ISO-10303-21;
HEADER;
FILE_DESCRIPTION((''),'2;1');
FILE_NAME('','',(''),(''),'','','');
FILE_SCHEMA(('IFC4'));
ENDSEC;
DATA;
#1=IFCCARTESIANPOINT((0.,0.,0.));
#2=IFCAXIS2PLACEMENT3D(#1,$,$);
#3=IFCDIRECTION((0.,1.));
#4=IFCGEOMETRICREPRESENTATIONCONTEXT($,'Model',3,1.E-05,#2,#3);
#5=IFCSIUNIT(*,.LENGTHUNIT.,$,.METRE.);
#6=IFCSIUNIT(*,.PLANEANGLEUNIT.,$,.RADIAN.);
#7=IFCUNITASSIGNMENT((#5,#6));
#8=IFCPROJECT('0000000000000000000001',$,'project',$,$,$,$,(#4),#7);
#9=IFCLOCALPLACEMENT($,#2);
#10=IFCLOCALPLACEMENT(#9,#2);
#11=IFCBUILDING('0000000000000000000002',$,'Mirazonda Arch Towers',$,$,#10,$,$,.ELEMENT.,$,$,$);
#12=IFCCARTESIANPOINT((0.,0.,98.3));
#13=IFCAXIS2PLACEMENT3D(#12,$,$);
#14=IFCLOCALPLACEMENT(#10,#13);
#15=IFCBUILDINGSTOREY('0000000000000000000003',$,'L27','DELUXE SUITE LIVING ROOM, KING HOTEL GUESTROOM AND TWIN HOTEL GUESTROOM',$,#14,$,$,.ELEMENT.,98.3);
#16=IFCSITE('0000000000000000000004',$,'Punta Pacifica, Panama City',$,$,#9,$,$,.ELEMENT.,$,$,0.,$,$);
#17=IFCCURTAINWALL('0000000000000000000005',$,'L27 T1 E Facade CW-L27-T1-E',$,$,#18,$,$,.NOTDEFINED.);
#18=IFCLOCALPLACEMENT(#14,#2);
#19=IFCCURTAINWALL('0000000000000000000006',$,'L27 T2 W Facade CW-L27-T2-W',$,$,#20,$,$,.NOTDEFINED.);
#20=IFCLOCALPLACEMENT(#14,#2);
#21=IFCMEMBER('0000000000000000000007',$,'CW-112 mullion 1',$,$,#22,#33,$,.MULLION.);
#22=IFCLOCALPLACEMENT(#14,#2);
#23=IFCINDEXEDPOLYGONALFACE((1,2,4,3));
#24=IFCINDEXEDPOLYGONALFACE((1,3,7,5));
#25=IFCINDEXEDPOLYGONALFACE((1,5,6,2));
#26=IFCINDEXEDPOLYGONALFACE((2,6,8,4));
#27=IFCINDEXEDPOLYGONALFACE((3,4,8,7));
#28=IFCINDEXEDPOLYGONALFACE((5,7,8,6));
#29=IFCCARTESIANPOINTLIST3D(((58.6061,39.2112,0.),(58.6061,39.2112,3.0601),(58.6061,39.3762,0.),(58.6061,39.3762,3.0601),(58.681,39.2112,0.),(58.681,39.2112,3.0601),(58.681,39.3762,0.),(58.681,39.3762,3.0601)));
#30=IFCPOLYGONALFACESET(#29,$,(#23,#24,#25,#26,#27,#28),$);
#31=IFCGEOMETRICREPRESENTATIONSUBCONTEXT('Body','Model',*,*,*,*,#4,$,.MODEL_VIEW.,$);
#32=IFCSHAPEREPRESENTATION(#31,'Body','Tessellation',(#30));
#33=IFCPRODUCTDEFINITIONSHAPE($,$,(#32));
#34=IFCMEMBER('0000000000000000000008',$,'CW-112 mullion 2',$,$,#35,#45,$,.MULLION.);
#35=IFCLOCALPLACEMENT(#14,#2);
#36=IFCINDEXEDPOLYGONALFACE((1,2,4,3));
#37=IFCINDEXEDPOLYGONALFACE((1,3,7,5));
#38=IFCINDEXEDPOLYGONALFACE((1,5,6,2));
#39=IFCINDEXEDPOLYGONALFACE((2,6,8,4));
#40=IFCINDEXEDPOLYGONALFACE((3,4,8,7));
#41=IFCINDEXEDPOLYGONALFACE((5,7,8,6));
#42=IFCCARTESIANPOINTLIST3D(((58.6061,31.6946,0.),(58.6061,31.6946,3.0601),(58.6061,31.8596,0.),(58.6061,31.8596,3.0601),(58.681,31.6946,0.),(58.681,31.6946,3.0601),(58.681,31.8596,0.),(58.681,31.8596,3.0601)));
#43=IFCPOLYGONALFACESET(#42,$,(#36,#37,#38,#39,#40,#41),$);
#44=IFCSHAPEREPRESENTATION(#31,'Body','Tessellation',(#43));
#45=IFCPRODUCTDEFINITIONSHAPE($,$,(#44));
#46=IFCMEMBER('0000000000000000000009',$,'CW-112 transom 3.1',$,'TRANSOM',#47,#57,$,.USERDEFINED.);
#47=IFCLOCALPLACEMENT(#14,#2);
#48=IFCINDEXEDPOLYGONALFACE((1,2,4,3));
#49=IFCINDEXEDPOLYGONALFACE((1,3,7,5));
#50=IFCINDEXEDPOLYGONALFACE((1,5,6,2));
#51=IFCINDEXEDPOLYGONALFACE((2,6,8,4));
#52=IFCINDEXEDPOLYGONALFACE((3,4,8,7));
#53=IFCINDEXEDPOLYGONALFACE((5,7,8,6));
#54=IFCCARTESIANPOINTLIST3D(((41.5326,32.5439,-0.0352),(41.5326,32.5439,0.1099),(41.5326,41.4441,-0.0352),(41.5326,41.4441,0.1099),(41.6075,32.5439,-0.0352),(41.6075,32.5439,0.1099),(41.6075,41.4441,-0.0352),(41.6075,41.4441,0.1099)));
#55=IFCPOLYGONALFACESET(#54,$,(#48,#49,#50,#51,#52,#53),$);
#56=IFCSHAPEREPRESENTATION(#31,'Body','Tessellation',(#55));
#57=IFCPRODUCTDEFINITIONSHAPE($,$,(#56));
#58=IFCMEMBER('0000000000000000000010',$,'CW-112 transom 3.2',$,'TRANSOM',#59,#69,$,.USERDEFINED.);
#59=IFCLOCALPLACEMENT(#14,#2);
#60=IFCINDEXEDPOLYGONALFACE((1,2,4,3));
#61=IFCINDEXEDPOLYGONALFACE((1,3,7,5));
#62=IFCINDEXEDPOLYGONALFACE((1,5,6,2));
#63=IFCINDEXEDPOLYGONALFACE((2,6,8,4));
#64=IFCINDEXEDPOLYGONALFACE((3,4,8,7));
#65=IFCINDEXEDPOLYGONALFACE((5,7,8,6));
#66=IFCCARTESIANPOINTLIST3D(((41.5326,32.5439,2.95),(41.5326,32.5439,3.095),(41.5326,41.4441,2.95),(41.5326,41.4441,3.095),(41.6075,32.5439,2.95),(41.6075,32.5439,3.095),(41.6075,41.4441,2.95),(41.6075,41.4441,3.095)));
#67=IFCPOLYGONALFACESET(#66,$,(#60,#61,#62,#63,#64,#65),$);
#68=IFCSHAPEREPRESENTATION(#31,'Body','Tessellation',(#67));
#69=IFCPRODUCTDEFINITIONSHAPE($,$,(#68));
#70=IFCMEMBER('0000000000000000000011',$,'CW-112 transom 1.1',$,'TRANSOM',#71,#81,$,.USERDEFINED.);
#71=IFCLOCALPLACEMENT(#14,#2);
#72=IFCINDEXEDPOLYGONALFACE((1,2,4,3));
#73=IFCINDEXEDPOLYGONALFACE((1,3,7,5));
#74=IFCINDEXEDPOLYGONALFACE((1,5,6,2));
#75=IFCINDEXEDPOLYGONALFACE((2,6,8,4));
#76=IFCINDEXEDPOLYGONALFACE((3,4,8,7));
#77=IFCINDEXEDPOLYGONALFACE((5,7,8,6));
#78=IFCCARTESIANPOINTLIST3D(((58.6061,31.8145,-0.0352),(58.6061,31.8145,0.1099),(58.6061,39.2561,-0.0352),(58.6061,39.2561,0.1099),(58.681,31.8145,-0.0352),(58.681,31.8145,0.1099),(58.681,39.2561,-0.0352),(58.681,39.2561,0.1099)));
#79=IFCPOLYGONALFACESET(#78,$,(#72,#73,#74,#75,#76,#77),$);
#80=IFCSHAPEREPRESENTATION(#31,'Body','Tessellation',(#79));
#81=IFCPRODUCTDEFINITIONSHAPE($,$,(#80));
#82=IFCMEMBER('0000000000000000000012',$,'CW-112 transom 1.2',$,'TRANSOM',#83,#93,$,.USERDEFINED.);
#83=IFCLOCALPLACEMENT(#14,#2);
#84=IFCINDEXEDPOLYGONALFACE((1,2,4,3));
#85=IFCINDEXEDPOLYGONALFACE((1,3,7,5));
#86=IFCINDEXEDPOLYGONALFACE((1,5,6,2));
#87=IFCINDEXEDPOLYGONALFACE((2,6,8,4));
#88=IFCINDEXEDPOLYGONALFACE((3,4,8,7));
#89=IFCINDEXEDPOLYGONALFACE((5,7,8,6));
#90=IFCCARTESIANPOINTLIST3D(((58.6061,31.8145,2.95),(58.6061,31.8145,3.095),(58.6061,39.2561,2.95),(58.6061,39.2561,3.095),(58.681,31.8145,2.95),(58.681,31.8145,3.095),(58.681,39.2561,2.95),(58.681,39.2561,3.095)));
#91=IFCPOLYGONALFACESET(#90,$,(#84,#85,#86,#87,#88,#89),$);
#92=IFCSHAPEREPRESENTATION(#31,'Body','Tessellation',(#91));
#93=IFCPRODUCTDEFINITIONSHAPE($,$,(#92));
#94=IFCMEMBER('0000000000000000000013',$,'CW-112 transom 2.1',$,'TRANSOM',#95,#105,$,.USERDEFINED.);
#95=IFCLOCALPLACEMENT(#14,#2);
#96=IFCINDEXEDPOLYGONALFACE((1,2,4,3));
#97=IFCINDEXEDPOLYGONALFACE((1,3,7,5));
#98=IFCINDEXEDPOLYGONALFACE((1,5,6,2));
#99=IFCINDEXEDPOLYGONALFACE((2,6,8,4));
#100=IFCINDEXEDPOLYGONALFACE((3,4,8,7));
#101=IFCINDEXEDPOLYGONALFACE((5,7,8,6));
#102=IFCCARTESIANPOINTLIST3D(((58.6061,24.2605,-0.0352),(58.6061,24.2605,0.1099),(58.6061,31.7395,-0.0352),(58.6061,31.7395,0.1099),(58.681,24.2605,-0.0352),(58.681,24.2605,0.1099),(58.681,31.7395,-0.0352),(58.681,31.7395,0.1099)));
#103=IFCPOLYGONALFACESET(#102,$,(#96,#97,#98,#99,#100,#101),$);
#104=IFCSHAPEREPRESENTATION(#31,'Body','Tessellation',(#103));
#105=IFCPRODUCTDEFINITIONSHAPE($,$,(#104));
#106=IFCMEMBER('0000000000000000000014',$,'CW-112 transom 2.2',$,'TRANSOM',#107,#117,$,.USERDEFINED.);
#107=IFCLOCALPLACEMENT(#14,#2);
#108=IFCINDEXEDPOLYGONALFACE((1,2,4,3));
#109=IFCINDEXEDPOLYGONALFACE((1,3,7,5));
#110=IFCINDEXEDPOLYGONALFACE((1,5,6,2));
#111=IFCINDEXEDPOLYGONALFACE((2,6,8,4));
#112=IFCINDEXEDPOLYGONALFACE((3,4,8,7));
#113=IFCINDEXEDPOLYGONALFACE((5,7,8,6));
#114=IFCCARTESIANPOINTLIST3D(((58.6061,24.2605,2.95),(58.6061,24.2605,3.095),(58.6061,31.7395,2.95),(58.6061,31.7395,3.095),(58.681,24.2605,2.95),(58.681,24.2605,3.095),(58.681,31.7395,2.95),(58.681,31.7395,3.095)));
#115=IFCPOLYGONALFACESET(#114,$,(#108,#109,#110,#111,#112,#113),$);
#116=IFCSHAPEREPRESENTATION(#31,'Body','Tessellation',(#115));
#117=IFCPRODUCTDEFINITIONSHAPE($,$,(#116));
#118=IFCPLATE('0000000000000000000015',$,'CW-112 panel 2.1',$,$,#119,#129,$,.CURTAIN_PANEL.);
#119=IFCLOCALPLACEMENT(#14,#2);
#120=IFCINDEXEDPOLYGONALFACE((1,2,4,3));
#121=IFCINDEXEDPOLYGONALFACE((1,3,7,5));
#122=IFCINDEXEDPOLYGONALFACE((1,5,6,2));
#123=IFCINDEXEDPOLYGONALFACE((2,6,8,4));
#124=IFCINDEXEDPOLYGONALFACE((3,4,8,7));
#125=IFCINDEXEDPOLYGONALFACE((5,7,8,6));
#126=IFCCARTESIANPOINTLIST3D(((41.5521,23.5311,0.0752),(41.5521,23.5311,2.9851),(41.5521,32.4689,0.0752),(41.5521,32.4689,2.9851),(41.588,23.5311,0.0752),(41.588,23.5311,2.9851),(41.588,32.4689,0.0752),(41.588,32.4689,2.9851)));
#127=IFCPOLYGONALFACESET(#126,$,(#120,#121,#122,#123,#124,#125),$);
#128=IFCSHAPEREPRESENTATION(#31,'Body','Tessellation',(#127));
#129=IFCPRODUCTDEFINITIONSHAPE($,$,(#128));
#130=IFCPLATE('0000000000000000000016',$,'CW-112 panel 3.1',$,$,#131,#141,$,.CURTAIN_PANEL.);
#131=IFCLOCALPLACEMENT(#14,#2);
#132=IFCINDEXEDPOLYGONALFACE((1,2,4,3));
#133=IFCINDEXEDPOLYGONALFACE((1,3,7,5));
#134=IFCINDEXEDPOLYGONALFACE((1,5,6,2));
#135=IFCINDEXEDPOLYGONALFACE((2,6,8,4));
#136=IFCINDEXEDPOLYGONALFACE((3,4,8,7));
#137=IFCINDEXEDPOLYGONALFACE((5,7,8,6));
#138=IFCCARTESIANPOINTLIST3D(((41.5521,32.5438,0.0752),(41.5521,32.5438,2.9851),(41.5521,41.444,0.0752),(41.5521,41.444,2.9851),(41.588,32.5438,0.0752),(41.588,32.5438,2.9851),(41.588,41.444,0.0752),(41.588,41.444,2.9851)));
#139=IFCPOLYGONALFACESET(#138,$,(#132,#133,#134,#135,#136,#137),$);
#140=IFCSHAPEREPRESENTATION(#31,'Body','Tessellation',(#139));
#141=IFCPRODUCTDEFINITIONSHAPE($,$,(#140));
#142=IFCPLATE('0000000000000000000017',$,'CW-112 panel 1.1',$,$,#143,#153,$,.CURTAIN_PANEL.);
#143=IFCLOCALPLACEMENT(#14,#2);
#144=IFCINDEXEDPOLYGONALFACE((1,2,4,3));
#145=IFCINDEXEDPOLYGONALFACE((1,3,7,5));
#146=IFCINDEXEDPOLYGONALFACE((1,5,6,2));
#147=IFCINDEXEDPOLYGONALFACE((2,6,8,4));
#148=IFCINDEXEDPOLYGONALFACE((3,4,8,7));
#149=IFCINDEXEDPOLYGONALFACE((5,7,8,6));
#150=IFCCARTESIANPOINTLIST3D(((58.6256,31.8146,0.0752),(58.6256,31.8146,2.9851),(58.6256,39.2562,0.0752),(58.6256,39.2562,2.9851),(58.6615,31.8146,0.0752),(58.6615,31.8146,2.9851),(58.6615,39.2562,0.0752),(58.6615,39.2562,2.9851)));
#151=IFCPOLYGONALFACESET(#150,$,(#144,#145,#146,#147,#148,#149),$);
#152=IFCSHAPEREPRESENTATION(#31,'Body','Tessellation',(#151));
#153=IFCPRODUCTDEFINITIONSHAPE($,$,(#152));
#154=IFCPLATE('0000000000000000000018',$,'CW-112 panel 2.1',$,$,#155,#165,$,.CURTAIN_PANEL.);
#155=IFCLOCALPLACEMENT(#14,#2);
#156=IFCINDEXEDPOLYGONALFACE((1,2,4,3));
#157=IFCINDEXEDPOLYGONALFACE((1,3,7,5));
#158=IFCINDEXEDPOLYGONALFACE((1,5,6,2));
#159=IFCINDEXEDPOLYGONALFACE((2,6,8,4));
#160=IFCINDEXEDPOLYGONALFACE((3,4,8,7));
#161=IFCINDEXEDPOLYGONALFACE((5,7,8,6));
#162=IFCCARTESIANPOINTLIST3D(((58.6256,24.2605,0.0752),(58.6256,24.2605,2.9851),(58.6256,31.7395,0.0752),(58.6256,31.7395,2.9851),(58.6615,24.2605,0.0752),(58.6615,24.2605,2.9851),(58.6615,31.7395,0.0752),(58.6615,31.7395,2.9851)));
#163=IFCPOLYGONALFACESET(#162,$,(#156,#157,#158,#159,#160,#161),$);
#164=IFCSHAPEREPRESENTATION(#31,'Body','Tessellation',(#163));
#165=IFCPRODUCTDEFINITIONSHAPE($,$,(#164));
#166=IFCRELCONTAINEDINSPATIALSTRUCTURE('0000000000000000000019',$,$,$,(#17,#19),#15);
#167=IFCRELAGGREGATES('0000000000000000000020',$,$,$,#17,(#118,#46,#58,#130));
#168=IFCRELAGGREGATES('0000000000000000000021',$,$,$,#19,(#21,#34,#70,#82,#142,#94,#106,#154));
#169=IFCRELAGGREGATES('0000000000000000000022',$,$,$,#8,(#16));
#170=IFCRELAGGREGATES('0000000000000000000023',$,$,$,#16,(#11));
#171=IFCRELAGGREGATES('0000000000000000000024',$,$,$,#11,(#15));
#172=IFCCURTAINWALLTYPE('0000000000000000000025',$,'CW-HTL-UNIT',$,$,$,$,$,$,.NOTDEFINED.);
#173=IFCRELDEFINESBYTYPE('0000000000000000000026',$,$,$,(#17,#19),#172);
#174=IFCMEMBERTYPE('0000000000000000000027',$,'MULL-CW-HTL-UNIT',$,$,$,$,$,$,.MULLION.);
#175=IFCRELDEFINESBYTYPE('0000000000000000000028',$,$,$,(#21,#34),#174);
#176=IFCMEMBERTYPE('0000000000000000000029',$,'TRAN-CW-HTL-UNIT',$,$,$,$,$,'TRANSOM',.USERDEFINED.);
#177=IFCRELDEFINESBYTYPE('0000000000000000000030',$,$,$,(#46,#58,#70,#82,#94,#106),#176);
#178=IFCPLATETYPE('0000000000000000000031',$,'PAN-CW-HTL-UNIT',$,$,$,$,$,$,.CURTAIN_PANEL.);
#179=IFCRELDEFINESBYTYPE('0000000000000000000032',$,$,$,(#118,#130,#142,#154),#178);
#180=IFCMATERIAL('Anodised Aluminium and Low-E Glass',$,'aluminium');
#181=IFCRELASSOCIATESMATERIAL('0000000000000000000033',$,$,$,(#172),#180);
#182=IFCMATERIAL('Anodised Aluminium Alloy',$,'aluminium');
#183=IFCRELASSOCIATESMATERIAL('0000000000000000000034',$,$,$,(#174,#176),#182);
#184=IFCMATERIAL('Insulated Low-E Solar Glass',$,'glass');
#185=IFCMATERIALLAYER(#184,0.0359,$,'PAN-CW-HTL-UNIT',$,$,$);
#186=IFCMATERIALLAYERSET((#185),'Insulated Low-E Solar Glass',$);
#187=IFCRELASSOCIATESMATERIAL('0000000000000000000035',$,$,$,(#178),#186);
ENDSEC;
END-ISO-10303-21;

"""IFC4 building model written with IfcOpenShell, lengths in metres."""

from ifc_helpers import new_model, si_unit, direction, frame, origin, origin_2d, place, context, subcontext, project, spatial, rectangle, extrude, material, layer, layer_set, material_profile, profile_set, type_object, element, aggregate, save


model = new_model("IFC4")

# Units and contexts
model_context = context("Model", 3, precision=1e-05, world=origin(), true_north=direction((0.0, 1.0)))
body_context = subcontext(model_context, "Body", "Model", "MODEL_VIEW")
ifc_project = project(units=[si_unit("LENGTHUNIT", "METRE"), si_unit("PLANEANGLEUNIT", "RADIAN")], contexts=[model_context])

# Site, building, storey
site_placement = place(None, origin())
site = spatial("IfcSite", under=ifc_project, at=site_placement, Name="Punta Pacifica, Panama City", CompositionType="ELEMENT", RefElevation=0.0)
building_placement = place(site_placement, origin())
building = spatial("IfcBuilding", under=site, at=building_placement, Name="Mirazonda Arch Towers", CompositionType="ELEMENT")
storey_placement = place(building_placement, frame((0.0, 0.0, 98.3)))
storey = spatial("IfcBuildingStorey", under=building, at=storey_placement, Name="L27", Description="DELUXE SUITE LIVING ROOM, KING HOTEL GUESTROOM AND TWIN HOTEL GUESTROOM", CompositionType="ELEMENT", Elevation=98.3)

# Curtain wall
ifc_material_1 = material(Name="Anodised Aluminium and Low-E Glass", Category="aluminium")
curtain_wall_type = type_object("IfcCurtainWallType", Name="CW-HTL-UNIT", PredefinedType="NOTDEFINED", material=ifc_material_1)
curtain_wall_1_placement = place(storey_placement, origin())
curtain_wall_1 = element("IfcCurtainWall", 1, at=curtain_wall_1_placement, inside=storey, type_object=curtain_wall_type, Name="L27 T1 E Facade CW-L27-T1-E", PredefinedType="NOTDEFINED")
ifc_material_2 = material(Name="Anodised Aluminium Alloy", Category="aluminium")
ifc_material_profile_1 = material_profile(ifc_material_2, rectangle(XDim=0.075, YDim=0.165, at=origin_2d()), Name="ALU-MULL-75x165")
ifc_profile_set_1 = profile_set([ifc_material_profile_1], Name="Anodised Aluminium Alloy")
member_type_1 = type_object("IfcMemberType", Name="MULL-CW-HTL-UNIT", PredefinedType="MULLION", material=ifc_profile_set_1)

# Curtain wall, members
curtain_wall_2_placement = place(storey_placement, origin())
curtain_wall_2 = element("IfcCurtainWall", 2, at=curtain_wall_2_placement, inside=storey, type_object=curtain_wall_type, Name="L27 T2 W Facade CW-L27-T2-W", PredefinedType="NOTDEFINED")
member_1_placement = place(storey_placement, frame((58.6436, 39.2937, 0.0), z_axis=(0.0, 0.0, 1.0), x_axis=(1.0, 0.0, 0.0)))
member_1 = element("IfcMember", 3, at=member_1_placement, type_object=member_type_1, Name="CW-112 mullion 1", PredefinedType="MULLION", context=body_context, shape_type="SweptSolid", body=[
    extrude(rectangle(XDim=0.075, YDim=0.165, at=origin_2d()), origin(), (0.0, 0.0, 1.0), 3.0601),
])
member_2_placement = place(storey_placement, frame((58.6436, 31.7771, 0.0), z_axis=(0.0, 0.0, 1.0), x_axis=(1.0, 0.0, 0.0)))
member_2 = element("IfcMember", 4, at=member_2_placement, type_object=member_type_1, Name="CW-112 mullion 2", PredefinedType="MULLION", context=body_context, shape_type="SweptSolid", body=[
    extrude(rectangle(XDim=0.075, YDim=0.165, at=origin_2d()), origin(), (0.0, 0.0, 1.0), 3.0601),
])

# Members
ifc_material_profile_2 = material_profile(ifc_material_2, rectangle(XDim=0.075, YDim=0.145, at=origin_2d()), Name="ALU-TRAN-75x145")
ifc_profile_set_2 = profile_set([ifc_material_profile_2], Name="Anodised Aluminium Alloy")
member_type_2 = type_object("IfcMemberType", Name="TRAN-CW-HTL-UNIT", ElementType="TRANSOM", PredefinedType="USERDEFINED", material=ifc_profile_set_2)
member_3_placement = place(storey_placement, frame((41.5701, 32.5439, 0.0374), z_axis=(0.0, 1.0, 0.0), x_axis=(-1.0, 0.0, 0.0)))
member_3 = element("IfcMember", 5, at=member_3_placement, type_object=member_type_2, Name="CW-112 transom 3.1", ObjectType="TRANSOM", PredefinedType="USERDEFINED", context=body_context, shape_type="SweptSolid", body=[
    extrude(rectangle(XDim=0.075, YDim=0.145, at=origin_2d()), origin(), (0.0, 0.0, 1.0), 8.9001),
])
member_4_placement = place(storey_placement, frame((41.5701, 32.5439, 3.0225), z_axis=(0.0, 1.0, 0.0), x_axis=(-1.0, 0.0, 0.0)))
member_4 = element("IfcMember", 6, at=member_4_placement, type_object=member_type_2, Name="CW-112 transom 3.2", ObjectType="TRANSOM", PredefinedType="USERDEFINED", context=body_context, shape_type="SweptSolid", body=[
    extrude(rectangle(XDim=0.075, YDim=0.145, at=origin_2d()), origin(), (0.0, 0.0, 1.0), 8.9001),
])
member_5_placement = place(storey_placement, frame((58.6436, 39.2561, 0.0374), z_axis=(0.0, -1.0, 0.0), x_axis=(1.0, 0.0, 0.0)))
member_5 = element("IfcMember", 7, at=member_5_placement, type_object=member_type_2, Name="CW-112 transom 1.1", ObjectType="TRANSOM", PredefinedType="USERDEFINED", context=body_context, shape_type="SweptSolid", body=[
    extrude(rectangle(XDim=0.075, YDim=0.145, at=origin_2d()), origin(), (0.0, 0.0, 1.0), 7.4417),
])
member_6_placement = place(storey_placement, frame((58.6436, 39.2561, 3.0225), z_axis=(0.0, -1.0, 0.0), x_axis=(1.0, 0.0, 0.0)))
member_6 = element("IfcMember", 8, at=member_6_placement, type_object=member_type_2, Name="CW-112 transom 1.2", ObjectType="TRANSOM", PredefinedType="USERDEFINED", context=body_context, shape_type="SweptSolid", body=[
    extrude(rectangle(XDim=0.075, YDim=0.145, at=origin_2d()), origin(), (0.0, 0.0, 1.0), 7.4417),
])
member_7_placement = place(storey_placement, frame((58.6436, 31.7395, 0.0374), z_axis=(0.0, -1.0, 0.0), x_axis=(1.0, 0.0, 0.0)))
member_7 = element("IfcMember", 9, at=member_7_placement, type_object=member_type_2, Name="CW-112 transom 2.1", ObjectType="TRANSOM", PredefinedType="USERDEFINED", context=body_context, shape_type="SweptSolid", body=[
    extrude(rectangle(XDim=0.075, YDim=0.145, at=origin_2d()), origin(), (0.0, 0.0, 1.0), 7.479),
])
member_8_placement = place(storey_placement, frame((58.6436, 31.7395, 3.0225), z_axis=(0.0, -1.0, 0.0), x_axis=(1.0, 0.0, 0.0)))
member_8 = element("IfcMember", 10, at=member_8_placement, type_object=member_type_2, Name="CW-112 transom 2.2", ObjectType="TRANSOM", PredefinedType="USERDEFINED", context=body_context, shape_type="SweptSolid", body=[
    extrude(rectangle(XDim=0.075, YDim=0.145, at=origin_2d()), origin(), (0.0, 0.0, 1.0), 7.479),
])

# Plates
ifc_material_3 = material(Name="Insulated Low-E Solar Glass", Category="glass")
ifc_layer_1 = layer(ifc_material_3, 0.0359, Name="PAN-CW-HTL-UNIT")
ifc_layer_set_1 = layer_set([ifc_layer_1], Name="Insulated Low-E Solar Glass")
plate_type = type_object("IfcPlateType", Name="PAN-CW-HTL-UNIT", PredefinedType="CURTAIN_PANEL", material=ifc_layer_set_1)
plate_1_placement = place(storey_placement, frame((41.5701, 28.0, 0.0752), z_axis=(0.0, 0.0, 1.0), x_axis=(0.0, 1.0, 0.0)))
plate_1 = element("IfcPlate", 11, at=plate_1_placement, type_object=plate_type, Name="CW-112 panel 2.1", PredefinedType="CURTAIN_PANEL", context=body_context, shape_type="SweptSolid", body=[
    extrude(rectangle(XDim=8.9377, YDim=0.0359, at=origin_2d()), origin(), (0.0, 0.0, 1.0), 2.9099),
])
plate_2_placement = place(storey_placement, frame((41.5701, 36.9939, 0.0752), z_axis=(0.0, 0.0, 1.0), x_axis=(0.0, 1.0, 0.0)))
plate_2 = element("IfcPlate", 12, at=plate_2_placement, type_object=plate_type, Name="CW-112 panel 3.1", PredefinedType="CURTAIN_PANEL", context=body_context, shape_type="SweptSolid", body=[
    extrude(rectangle(XDim=8.9001, YDim=0.0359, at=origin_2d()), origin(), (0.0, 0.0, 1.0), 2.9099),
])
aggregate(curtain_wall_1, [plate_1, member_3, member_4, plate_2])
plate_3_placement = place(storey_placement, frame((58.6436, 35.5354, 0.0752), z_axis=(0.0, 0.0, 1.0), x_axis=(0.0, -1.0, 0.0)))
plate_3 = element("IfcPlate", 13, at=plate_3_placement, type_object=plate_type, Name="CW-112 panel 1.1", PredefinedType="CURTAIN_PANEL", context=body_context, shape_type="SweptSolid", body=[
    extrude(rectangle(XDim=7.4417, YDim=0.0359, at=origin_2d()), origin(), (0.0, 0.0, 1.0), 2.9099),
])
plate_4_placement = place(storey_placement, frame((58.6436, 28.0, 0.0752), z_axis=(0.0, 0.0, 1.0), x_axis=(0.0, -1.0, 0.0)))
plate_4 = element("IfcPlate", 14, at=plate_4_placement, type_object=plate_type, Name="CW-112 panel 2.1", PredefinedType="CURTAIN_PANEL", context=body_context, shape_type="SweptSolid", body=[
    extrude(rectangle(XDim=7.479, YDim=0.0359, at=origin_2d()), origin(), (0.0, 0.0, 1.0), 2.9099),
])
aggregate(curtain_wall_2, [member_1, member_2, member_5, member_6, plate_3, member_7, member_8, plate_4])

save(model, "model.ifc")
